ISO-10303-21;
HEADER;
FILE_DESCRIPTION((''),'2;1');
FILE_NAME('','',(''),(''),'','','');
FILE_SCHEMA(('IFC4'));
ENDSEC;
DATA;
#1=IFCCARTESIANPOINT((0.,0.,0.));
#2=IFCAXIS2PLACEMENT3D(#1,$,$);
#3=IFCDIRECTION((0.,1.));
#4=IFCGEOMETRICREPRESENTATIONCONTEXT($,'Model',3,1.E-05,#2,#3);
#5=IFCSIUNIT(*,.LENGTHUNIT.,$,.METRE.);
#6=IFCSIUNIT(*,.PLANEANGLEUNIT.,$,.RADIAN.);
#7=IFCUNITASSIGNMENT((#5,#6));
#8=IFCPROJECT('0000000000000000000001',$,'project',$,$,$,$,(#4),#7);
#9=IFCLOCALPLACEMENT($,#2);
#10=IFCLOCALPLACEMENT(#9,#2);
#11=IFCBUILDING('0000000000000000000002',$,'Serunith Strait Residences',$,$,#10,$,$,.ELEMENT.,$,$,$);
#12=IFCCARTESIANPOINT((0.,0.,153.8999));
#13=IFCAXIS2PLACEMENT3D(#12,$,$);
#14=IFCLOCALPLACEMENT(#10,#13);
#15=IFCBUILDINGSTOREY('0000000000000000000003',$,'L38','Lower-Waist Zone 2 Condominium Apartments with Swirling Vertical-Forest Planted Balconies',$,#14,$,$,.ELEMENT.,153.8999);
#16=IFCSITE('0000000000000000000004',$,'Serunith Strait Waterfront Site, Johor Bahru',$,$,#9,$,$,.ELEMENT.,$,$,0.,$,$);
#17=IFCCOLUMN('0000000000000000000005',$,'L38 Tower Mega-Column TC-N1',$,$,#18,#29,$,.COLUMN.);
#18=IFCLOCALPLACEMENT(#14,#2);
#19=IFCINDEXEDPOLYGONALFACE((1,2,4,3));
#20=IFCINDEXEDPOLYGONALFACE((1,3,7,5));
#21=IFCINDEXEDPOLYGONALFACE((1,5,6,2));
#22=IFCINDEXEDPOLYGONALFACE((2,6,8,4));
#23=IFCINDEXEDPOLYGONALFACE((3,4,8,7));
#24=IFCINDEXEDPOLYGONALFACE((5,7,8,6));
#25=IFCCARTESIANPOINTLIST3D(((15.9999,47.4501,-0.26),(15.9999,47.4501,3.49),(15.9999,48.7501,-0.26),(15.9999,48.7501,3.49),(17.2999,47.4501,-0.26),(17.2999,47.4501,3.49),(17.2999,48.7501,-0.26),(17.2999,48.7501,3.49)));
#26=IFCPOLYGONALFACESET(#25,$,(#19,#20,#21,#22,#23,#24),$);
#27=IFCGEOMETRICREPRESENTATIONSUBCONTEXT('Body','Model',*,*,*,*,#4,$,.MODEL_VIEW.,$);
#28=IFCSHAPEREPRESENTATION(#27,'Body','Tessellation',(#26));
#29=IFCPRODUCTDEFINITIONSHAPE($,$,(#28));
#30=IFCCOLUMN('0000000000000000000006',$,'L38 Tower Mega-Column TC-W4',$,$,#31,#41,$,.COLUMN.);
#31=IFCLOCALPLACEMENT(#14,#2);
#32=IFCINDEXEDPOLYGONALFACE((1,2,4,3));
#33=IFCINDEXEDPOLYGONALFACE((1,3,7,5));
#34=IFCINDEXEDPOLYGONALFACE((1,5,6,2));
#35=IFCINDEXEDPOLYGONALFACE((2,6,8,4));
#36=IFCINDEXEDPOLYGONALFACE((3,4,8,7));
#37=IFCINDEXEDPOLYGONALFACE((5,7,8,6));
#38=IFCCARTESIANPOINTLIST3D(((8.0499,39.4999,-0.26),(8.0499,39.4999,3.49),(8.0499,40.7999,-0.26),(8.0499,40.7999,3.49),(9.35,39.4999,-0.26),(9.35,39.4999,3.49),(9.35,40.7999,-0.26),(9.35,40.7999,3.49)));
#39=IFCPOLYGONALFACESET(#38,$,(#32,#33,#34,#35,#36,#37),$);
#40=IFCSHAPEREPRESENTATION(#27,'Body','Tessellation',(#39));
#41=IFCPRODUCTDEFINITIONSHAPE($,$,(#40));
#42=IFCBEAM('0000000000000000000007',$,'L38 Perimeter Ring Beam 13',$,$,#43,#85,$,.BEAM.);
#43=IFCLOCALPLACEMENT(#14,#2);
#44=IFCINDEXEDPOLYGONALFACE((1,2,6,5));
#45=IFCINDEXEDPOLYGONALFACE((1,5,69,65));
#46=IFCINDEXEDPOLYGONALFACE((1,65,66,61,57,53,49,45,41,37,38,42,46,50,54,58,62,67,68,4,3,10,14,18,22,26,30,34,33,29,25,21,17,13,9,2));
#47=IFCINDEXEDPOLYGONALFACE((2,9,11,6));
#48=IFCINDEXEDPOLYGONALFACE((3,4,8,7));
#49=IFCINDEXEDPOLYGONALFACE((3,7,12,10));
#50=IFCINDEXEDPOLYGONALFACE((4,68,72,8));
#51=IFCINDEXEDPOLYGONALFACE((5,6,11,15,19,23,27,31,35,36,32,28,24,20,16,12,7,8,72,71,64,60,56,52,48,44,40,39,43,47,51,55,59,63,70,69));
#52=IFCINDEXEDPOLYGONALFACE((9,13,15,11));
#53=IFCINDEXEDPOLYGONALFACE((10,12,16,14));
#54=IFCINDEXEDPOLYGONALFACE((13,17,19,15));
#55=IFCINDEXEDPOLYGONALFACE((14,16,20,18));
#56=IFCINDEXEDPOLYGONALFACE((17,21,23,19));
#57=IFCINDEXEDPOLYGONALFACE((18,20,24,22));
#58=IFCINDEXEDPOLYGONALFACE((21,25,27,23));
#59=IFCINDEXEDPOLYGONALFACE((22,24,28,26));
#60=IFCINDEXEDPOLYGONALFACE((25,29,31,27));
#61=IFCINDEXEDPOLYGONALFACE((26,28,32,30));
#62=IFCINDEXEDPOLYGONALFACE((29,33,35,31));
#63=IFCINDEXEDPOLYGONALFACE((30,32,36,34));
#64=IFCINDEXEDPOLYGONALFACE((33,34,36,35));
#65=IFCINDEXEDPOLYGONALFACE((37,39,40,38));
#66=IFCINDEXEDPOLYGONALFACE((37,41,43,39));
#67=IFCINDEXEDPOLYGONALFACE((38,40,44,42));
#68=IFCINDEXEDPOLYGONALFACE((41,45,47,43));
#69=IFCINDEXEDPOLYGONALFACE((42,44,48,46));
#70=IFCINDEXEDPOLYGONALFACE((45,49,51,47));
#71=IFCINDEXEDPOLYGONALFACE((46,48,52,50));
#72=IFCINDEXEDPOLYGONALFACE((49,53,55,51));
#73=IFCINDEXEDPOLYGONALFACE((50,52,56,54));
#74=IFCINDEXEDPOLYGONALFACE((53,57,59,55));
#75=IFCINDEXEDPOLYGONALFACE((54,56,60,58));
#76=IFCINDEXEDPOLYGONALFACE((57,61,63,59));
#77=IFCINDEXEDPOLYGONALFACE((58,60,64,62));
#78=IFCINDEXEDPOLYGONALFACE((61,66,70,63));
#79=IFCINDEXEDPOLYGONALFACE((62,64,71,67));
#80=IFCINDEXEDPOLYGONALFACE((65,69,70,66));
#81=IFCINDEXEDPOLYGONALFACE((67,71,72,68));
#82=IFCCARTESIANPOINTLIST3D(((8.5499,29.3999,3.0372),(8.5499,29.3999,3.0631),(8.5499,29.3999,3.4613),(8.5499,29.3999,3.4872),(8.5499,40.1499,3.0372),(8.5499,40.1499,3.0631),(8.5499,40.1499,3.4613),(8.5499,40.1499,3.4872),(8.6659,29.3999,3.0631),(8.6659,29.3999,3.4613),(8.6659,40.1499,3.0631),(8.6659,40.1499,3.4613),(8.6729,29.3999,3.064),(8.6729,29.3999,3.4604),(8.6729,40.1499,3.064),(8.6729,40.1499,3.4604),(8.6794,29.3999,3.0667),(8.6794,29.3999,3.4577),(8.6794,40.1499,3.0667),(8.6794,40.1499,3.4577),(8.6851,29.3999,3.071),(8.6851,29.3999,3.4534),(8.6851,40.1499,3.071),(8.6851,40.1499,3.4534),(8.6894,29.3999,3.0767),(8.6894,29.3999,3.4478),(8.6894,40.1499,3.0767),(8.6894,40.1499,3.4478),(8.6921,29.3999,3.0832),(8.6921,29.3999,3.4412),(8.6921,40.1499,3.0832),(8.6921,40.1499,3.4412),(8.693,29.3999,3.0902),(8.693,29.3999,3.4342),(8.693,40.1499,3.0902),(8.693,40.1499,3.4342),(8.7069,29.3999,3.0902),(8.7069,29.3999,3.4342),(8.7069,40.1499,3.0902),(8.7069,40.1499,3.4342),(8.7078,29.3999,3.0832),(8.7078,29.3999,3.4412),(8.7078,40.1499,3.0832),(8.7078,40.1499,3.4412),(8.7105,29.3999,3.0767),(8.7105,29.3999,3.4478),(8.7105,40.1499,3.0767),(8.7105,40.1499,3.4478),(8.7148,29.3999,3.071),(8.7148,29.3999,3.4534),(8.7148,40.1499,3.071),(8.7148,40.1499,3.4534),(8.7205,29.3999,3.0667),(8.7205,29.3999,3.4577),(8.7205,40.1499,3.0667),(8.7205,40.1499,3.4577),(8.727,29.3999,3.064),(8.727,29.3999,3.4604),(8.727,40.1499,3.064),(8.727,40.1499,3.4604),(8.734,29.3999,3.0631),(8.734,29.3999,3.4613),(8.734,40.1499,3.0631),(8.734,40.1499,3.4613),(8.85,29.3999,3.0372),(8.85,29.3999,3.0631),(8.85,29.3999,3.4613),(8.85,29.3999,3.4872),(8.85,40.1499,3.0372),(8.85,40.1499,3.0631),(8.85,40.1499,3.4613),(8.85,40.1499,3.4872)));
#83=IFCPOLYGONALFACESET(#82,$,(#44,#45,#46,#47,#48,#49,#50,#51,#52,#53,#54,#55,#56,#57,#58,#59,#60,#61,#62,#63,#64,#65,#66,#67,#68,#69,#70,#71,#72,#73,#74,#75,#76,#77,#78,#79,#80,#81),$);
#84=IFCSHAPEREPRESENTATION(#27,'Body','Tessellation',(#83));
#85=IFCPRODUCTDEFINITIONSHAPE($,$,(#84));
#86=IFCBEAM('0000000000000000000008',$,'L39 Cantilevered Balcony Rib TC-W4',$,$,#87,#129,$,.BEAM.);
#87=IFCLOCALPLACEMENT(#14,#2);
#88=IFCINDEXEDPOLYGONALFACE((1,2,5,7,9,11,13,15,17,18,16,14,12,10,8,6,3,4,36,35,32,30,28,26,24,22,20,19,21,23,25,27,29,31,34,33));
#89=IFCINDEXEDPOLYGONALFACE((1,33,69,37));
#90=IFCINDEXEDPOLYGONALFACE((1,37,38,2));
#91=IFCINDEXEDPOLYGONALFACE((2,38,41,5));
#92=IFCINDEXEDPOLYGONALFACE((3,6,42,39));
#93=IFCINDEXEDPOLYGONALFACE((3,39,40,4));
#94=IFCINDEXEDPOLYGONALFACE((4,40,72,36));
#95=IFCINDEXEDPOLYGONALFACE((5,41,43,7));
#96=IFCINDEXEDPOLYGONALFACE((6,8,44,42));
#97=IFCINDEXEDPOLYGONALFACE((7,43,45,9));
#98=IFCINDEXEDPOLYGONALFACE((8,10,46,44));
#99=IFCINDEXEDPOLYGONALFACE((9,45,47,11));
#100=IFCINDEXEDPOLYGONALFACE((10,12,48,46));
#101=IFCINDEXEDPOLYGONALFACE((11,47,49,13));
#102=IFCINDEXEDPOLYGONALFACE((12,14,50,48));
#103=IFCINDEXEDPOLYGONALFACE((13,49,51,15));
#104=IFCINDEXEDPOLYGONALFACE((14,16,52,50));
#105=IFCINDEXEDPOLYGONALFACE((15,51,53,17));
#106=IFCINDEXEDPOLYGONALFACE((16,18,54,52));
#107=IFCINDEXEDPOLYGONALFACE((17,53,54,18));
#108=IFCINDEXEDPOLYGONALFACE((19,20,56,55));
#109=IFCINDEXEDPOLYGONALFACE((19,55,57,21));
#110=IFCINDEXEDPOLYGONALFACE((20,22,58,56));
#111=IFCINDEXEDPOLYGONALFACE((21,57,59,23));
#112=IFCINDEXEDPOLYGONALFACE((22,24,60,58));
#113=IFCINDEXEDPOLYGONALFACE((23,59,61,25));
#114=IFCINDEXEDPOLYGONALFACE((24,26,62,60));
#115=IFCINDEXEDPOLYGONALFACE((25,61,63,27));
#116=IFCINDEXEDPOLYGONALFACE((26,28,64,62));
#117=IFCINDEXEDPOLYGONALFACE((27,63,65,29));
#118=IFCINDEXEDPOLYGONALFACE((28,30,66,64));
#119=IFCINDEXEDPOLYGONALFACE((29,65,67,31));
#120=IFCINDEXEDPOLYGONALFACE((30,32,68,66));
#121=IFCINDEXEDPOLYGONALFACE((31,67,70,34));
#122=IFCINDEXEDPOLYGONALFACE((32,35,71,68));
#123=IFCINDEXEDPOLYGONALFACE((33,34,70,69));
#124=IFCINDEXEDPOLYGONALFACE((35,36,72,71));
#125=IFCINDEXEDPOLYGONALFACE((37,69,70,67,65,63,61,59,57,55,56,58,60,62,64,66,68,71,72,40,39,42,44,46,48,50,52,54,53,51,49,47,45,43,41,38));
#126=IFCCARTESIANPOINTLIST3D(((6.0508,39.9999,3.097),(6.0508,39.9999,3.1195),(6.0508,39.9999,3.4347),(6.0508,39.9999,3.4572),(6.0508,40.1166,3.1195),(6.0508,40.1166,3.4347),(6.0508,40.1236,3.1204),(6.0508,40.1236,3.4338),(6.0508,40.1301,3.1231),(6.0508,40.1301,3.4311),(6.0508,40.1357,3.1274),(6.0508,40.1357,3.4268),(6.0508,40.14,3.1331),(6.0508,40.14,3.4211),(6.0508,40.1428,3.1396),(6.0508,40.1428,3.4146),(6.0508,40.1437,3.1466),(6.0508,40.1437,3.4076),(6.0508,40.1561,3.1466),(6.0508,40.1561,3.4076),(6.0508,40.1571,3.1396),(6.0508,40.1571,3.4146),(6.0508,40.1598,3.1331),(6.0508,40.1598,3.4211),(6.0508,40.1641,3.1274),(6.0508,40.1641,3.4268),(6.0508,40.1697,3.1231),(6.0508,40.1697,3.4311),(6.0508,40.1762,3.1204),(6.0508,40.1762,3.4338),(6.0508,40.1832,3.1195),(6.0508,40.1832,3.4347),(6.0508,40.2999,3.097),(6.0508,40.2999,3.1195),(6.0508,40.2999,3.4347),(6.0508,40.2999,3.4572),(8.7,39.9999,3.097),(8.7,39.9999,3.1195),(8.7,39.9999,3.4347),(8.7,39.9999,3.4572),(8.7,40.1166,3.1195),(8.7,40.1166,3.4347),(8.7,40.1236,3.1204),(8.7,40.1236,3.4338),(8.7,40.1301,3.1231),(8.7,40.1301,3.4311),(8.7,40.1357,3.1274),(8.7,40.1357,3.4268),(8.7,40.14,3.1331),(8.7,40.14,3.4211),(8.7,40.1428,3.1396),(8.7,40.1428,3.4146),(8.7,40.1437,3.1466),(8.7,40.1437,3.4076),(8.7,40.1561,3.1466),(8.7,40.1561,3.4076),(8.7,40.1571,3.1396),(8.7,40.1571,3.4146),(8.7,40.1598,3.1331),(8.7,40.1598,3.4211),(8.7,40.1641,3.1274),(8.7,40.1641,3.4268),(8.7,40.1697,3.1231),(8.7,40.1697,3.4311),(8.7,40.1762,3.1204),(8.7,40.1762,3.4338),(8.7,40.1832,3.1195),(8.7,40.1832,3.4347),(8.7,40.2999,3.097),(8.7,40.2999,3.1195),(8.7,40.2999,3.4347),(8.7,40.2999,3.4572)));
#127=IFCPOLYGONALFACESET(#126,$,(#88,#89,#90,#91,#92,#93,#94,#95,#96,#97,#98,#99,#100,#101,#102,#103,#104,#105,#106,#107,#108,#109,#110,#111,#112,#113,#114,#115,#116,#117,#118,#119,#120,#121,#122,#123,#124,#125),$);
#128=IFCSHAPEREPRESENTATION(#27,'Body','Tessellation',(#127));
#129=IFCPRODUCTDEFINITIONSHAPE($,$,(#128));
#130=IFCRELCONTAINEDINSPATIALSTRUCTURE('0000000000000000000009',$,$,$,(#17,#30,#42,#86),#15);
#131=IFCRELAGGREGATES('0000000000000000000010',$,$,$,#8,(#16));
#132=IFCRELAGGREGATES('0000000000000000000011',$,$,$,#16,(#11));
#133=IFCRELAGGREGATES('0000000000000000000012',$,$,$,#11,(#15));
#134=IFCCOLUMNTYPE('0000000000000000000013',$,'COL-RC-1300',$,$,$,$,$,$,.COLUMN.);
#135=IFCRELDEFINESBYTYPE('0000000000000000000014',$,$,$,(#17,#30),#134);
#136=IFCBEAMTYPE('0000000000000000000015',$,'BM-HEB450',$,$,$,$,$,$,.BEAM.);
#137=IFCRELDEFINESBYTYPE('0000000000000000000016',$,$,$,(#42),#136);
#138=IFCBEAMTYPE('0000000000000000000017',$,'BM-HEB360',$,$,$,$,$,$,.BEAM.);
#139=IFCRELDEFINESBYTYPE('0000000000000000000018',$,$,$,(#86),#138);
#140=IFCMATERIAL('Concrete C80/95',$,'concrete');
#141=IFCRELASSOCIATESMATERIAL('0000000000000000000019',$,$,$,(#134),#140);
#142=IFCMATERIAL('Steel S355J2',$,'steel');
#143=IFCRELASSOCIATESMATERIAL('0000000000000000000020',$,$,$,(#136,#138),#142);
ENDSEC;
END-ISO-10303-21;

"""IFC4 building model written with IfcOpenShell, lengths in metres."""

from ifc_helpers import new_model, si_unit, direction, frame, origin, origin_2d, place, context, subcontext, project, spatial, rectangle, i_section, extrude, source, transform, mapped, material, material_profile, profile_set, type_object, element, save


model = new_model("IFC4")

# Units and contexts
model_context = context("Model", 3, precision=1e-05, world=origin(), true_north=direction((0.0, 1.0)))
body_context = subcontext(model_context, "Body", "Model", "MODEL_VIEW")
ifc_project = project(units=[si_unit("LENGTHUNIT", "METRE"), si_unit("PLANEANGLEUNIT", "RADIAN")], contexts=[model_context])

# Site, building, storey
site_placement = place(None, origin())
site = spatial("IfcSite", under=ifc_project, at=site_placement, Name="Serunith Strait Waterfront Site, Johor Bahru", CompositionType="ELEMENT", RefElevation=0.0)
building_placement = place(site_placement, origin())
building = spatial("IfcBuilding", under=site, at=building_placement, Name="Serunith Strait Residences", CompositionType="ELEMENT")
storey_placement = place(building_placement, frame((0.0, 0.0, 153.8999)))
storey = spatial("IfcBuildingStorey", under=building, at=storey_placement, Name="L38", Description="Lower-Waist Zone 2 Condominium Apartments with Swirling Vertical-Forest Planted Balconies", CompositionType="ELEMENT", Elevation=153.8999)

# Columns
ifc_material_1 = material(Name="Concrete C80/95", Category="concrete")
ifc_material_profile_1 = material_profile(ifc_material_1, rectangle(XDim=1.3, YDim=1.3, at=origin_2d()), Name="RC 1300x1300")
ifc_profile_set_1 = profile_set([ifc_material_profile_1], Name="Concrete C80/95")
column_type = type_object("IfcColumnType", Name="COL-RC-1300", PredefinedType="COLUMN", material=ifc_profile_set_1)
shared_shape_1 = source(origin(), body_context, "Body", "SweptSolid", [
    extrude(rectangle(XDim=1.3, YDim=1.3, at=origin_2d()), origin(), (0.0, 0.0, 1.0), 3.75),
])
for number, where, z_axis, x_axis, name in (
    (1, (16.6499, 48.1001, -0.26), (0.0, 0.0, 1.0), (1.0, 0.0, 0.0), "L38 Tower Mega-Column TC-N1"),
    (2, (8.7, 40.1499, -0.26), (0.0, 0.0, 1.0), (1.0, 0.0, 0.0), "L38 Tower Mega-Column TC-W4"),
):
    element("IfcColumn", number, at=place(storey_placement, frame(where, z_axis=z_axis, x_axis=x_axis)), inside=storey, type_object=column_type, Name=name, PredefinedType="COLUMN", context=body_context, shape_type="MappedRepresentation", body=[
        mapped(shared_shape_1, transform((0.0, 0.0, 0.0), scale=1.0)),
    ])

# Beams
ifc_material_2 = material(Name="Steel S355J2", Category="steel")
ifc_material_profile_2 = material_profile(ifc_material_2, i_section(OverallWidth=0.3, OverallDepth=0.45, WebThickness=0.0139, FlangeThickness=0.0259, FilletRadius=0.0271, at=origin_2d()), Name="HEB 450")
ifc_profile_set_2 = profile_set([ifc_material_profile_2], Name="Steel S355J2")
beam_type_1 = type_object("IfcBeamType", Name="BM-HEB450", PredefinedType="BEAM", material=ifc_profile_set_2)
shared_shape_2 = source(origin(), body_context, "Body", "SweptSolid", [
    extrude(i_section(OverallWidth=0.3, OverallDepth=0.45, WebThickness=0.0139, FlangeThickness=0.0259, FilletRadius=0.0271, at=origin_2d()), origin(), (0.0, 0.0, 1.0), 10.75),
])
beam_1_placement = place(storey_placement, frame((8.7, 40.1499, 3.2622), z_axis=(0.0, -1.0, 0.0), x_axis=(1.0, 0.0, 0.0)))
element("IfcBeam", 3, at=beam_1_placement, inside=storey, type_object=beam_type_1, Name="L38 Perimeter Ring Beam 13", PredefinedType="BEAM", context=body_context, shape_type="MappedRepresentation", body=[
    mapped(shared_shape_2, transform((0.0, 0.0, 0.0), scale=1.0)),
])
ifc_material_profile_3 = material_profile(ifc_material_2, i_section(OverallWidth=0.3, OverallDepth=0.3601, WebThickness=0.0125, FlangeThickness=0.0225, FilletRadius=0.0271, at=origin_2d()), Name="HEB 360")
ifc_profile_set_3 = profile_set([ifc_material_profile_3], Name="Steel S355J2")
beam_type_2 = type_object("IfcBeamType", Name="BM-HEB360", PredefinedType="BEAM", material=ifc_profile_set_3)
shared_shape_3 = source(origin(), body_context, "Body", "SweptSolid", [
    extrude(i_section(OverallWidth=0.3, OverallDepth=0.3601, WebThickness=0.0125, FlangeThickness=0.0225, FilletRadius=0.0271, at=origin_2d()), origin(), (0.0, 0.0, 1.0), 2.6492),
])
beam_2_placement = place(storey_placement, frame((8.7, 40.1499, 3.2771), z_axis=(-1.0, 0.0, 0.0), x_axis=(0.0, -1.0, 0.0)))
element("IfcBeam", 4, at=beam_2_placement, inside=storey, type_object=beam_type_2, Name="L39 Cantilevered Balcony Rib TC-W4", PredefinedType="BEAM", context=body_context, shape_type="MappedRepresentation", body=[
    mapped(shared_shape_3, transform((0.0, 0.0, 0.0), scale=1.0)),
])

save(model, "model.ifc")
